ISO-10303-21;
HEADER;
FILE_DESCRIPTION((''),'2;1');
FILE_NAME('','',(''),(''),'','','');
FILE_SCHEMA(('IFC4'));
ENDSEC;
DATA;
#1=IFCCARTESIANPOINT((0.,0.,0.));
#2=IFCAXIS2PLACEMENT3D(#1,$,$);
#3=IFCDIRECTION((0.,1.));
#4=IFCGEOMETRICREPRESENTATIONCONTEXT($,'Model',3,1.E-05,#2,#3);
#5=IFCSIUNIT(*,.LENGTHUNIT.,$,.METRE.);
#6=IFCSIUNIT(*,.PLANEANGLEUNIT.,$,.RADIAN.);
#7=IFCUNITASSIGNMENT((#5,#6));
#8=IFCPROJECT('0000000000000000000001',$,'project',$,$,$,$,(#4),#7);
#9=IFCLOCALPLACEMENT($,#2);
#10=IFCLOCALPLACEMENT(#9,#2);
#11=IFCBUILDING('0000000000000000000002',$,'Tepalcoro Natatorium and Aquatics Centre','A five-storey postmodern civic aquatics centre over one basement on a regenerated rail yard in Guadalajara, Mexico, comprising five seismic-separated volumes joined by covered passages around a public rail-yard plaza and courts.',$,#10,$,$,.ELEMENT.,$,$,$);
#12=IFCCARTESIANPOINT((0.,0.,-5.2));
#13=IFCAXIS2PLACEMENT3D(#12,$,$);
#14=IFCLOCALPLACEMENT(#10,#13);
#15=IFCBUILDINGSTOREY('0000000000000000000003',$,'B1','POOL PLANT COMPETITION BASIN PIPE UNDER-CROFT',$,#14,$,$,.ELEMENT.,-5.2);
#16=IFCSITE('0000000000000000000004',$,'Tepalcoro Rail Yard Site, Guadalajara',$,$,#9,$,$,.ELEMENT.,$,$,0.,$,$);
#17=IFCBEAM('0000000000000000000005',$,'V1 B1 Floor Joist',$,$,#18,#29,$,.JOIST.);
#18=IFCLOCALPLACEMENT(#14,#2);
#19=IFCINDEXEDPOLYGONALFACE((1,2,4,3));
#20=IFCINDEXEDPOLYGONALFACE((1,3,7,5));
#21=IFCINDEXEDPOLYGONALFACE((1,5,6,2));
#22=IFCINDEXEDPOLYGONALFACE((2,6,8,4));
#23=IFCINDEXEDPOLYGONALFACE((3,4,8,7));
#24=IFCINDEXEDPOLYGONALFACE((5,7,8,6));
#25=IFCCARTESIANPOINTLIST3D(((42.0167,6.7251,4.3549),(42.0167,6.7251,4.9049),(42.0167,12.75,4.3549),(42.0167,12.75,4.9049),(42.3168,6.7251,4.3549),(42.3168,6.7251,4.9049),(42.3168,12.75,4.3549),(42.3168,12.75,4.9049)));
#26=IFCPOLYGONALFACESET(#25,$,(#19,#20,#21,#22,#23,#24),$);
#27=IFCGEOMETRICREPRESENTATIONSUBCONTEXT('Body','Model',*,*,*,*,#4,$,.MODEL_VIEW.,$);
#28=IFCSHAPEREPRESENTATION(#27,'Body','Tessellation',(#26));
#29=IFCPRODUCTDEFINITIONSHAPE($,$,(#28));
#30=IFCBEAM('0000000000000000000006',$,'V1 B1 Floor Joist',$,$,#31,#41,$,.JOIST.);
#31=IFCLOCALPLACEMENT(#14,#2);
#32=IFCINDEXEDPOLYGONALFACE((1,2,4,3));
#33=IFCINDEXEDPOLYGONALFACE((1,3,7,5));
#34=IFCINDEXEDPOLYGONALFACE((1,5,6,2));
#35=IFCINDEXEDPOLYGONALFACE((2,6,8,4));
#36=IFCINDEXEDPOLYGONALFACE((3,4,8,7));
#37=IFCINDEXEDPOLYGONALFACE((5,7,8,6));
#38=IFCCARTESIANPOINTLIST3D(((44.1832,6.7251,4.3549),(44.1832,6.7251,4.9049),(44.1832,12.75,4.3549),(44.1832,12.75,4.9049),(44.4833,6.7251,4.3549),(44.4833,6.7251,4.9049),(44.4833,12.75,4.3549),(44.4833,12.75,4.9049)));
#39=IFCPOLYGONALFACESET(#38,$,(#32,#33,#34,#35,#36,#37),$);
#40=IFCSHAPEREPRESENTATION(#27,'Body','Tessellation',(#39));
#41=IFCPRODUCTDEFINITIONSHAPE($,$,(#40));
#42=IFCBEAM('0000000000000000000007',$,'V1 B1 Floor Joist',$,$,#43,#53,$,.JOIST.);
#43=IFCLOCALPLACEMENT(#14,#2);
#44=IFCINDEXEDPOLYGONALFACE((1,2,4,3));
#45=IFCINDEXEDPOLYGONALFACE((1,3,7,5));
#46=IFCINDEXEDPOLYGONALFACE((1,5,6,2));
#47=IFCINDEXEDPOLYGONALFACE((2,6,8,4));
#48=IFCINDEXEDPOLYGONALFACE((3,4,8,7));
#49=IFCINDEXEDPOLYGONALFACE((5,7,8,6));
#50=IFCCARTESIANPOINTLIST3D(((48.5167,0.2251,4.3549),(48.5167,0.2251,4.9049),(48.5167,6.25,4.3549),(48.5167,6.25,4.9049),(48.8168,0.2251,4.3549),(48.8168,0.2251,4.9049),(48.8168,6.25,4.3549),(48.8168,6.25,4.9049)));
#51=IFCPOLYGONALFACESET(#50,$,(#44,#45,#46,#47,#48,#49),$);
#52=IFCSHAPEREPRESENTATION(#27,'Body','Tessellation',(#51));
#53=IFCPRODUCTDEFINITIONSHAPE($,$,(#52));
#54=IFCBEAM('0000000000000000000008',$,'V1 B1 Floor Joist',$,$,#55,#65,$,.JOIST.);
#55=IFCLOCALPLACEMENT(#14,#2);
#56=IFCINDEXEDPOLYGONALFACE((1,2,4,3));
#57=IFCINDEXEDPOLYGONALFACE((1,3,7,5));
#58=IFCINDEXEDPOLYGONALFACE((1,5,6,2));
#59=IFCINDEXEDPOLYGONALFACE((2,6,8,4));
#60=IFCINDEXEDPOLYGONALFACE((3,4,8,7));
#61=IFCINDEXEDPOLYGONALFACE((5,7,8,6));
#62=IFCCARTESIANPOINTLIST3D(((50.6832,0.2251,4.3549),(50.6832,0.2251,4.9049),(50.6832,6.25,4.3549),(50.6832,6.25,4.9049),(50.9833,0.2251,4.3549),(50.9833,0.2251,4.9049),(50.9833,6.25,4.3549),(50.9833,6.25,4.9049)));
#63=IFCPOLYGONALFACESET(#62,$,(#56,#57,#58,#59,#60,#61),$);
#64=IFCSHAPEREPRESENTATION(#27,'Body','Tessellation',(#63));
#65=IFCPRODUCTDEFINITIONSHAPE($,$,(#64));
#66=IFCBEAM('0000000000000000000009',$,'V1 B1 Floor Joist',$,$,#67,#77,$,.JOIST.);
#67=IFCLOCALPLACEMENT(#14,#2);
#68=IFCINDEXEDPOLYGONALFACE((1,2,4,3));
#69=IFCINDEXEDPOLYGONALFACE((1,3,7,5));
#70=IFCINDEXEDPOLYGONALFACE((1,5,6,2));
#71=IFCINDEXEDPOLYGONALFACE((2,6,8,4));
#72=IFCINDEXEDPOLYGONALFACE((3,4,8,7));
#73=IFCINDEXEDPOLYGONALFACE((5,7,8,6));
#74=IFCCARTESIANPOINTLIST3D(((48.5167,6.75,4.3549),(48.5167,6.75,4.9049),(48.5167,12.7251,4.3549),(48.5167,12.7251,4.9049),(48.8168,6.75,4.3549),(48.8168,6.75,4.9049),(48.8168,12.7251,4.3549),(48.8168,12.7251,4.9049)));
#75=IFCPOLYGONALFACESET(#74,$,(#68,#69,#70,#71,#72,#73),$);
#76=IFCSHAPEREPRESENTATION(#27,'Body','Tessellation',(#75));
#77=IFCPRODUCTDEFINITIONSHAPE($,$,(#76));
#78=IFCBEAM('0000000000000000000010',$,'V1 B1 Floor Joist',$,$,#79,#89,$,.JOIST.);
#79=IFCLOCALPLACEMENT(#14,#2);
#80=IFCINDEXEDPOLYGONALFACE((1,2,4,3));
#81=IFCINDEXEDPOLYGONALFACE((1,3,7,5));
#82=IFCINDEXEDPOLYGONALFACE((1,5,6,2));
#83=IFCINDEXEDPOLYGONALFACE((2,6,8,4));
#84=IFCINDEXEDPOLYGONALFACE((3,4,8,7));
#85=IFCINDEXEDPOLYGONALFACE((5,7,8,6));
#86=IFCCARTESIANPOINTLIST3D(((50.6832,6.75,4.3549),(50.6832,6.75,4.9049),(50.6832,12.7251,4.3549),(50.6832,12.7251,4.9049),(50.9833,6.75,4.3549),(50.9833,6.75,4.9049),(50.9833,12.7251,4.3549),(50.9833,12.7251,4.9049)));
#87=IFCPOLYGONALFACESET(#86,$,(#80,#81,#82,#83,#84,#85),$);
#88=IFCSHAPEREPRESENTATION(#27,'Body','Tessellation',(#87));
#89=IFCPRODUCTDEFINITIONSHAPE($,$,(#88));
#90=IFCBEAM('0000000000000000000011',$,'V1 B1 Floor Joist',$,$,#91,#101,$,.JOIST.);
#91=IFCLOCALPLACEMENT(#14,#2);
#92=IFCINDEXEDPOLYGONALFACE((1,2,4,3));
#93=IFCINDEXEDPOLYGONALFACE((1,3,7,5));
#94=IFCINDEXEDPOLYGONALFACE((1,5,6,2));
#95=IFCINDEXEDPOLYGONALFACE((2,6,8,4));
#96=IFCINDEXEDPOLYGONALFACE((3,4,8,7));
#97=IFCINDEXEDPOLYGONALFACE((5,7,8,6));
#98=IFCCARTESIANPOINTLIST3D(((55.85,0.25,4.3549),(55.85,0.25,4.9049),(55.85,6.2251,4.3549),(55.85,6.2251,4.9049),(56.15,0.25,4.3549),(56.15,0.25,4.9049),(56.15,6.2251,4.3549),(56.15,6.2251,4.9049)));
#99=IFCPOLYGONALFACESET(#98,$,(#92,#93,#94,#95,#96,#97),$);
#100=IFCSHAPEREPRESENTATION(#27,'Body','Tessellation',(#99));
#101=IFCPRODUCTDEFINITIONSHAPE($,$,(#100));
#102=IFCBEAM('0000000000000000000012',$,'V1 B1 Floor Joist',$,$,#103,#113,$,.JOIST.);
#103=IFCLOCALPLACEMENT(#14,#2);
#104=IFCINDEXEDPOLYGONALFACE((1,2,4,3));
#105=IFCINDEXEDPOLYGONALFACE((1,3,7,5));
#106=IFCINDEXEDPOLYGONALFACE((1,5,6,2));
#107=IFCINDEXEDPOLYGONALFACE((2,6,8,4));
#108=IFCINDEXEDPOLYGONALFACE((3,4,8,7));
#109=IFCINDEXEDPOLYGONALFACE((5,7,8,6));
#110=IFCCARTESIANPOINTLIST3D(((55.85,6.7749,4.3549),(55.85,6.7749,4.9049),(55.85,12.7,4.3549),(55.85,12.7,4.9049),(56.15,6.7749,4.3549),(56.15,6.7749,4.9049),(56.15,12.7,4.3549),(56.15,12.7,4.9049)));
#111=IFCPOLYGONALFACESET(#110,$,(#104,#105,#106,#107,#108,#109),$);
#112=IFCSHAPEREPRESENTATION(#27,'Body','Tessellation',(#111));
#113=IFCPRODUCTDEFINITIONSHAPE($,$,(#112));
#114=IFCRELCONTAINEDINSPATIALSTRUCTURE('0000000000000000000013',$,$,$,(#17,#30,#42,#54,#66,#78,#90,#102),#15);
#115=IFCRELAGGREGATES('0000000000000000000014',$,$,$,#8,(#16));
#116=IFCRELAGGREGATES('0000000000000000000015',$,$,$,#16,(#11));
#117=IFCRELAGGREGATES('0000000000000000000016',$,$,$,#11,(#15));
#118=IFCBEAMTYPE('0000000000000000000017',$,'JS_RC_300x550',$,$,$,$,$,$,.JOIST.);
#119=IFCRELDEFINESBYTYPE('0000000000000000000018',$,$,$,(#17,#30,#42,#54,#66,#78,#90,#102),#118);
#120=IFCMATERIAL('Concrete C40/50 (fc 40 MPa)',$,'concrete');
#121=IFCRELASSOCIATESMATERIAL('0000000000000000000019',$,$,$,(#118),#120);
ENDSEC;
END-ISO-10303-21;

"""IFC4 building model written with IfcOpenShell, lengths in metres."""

from ifc_helpers import new_model, si_unit, direction, frame, origin, origin_2d, place, context, subcontext, project, spatial, rectangle, extrude, material, material_profile, profile_set, type_object, element, save


model = new_model("IFC4")

# Units and contexts
model_context = context("Model", 3, precision=1e-05, world=origin(), true_north=direction((0.0, 1.0)))
body_context = subcontext(model_context, "Body", "Model", "MODEL_VIEW")
ifc_project = project(units=[si_unit("LENGTHUNIT", "METRE"), si_unit("PLANEANGLEUNIT", "RADIAN")], contexts=[model_context])

# Site, building, storey
site_placement = place(None, origin())
site = spatial("IfcSite", under=ifc_project, at=site_placement, Name="Tepalcoro Rail Yard Site, Guadalajara", CompositionType="ELEMENT", RefElevation=0.0)
building_placement = place(site_placement, origin())
building = spatial("IfcBuilding", under=site, at=building_placement, Name="Tepalcoro Natatorium and Aquatics Centre", Description="A five-storey postmodern civic aquatics centre over one basement on a regenerated rail yard in Guadalajara, Mexico, comprising five seismic-separated volumes joined by covered passages around a public rail-yard plaza and courts.", CompositionType="ELEMENT")
storey_placement = place(building_placement, frame((0.0, 0.0, -5.2)))
storey = spatial("IfcBuildingStorey", under=building, at=storey_placement, Name="B1", Description="POOL PLANT COMPETITION BASIN PIPE UNDER-CROFT", CompositionType="ELEMENT", Elevation=-5.2)

# Shared definitions
ifc_material = material(Name="Concrete C40/50 (fc 40 MPa)", Category="concrete")

# Beams
ifc_material_profile_1 = material_profile(ifc_material, rectangle(XDim=0.3, YDim=0.55, at=origin_2d()), Name="RCJ300x550")
ifc_profile_set_1 = profile_set([ifc_material_profile_1], Name="Concrete C40/50 (fc 40 MPa)")
beam_type_1 = type_object("IfcBeamType", Name="JS_RC_300x550", PredefinedType="JOIST", material=ifc_profile_set_1)
for number, where, z_axis, x_axis, name in (
    (1, (42.1667, 6.7251, 4.6299), (0.0, 1.0, 0.0), (-1.0, 0.0, 0.0), "V1 B1 Floor Joist"),
    (2, (44.3333, 6.7251, 4.6299), (0.0, 1.0, 0.0), (-1.0, 0.0, 0.0), "V1 B1 Floor Joist"),
    (3, (48.6667, 0.2251, 4.6299), (0.0, 1.0, 0.0), (-1.0, 0.0, 0.0), "V1 B1 Floor Joist"),
    (4, (50.8333, 0.2251, 4.6299), (0.0, 1.0, 0.0), (-1.0, 0.0, 0.0), "V1 B1 Floor Joist"),
):
    element("IfcBeam", number, at=place(storey_placement, frame(where, z_axis=z_axis, x_axis=x_axis)), inside=storey, type_object=beam_type_1, Name=name, PredefinedType="JOIST", context=body_context, shape_type="SweptSolid", body=[
        extrude(rectangle(XDim=0.3, YDim=0.55, at=origin_2d()), origin(), (0.0, 0.0, 1.0), 6.0249),
    ])
for number, where, z_axis, x_axis, name in (
    (5, (48.6667, 6.75, 4.6299), (0.0, 1.0, 0.0), (-1.0, 0.0, 0.0), "V1 B1 Floor Joist"),
    (6, (50.8333, 6.75, 4.6299), (0.0, 1.0, 0.0), (-1.0, 0.0, 0.0), "V1 B1 Floor Joist"),
    (7, (56.0, 0.25, 4.6299), (0.0, 1.0, 0.0), (-1.0, 0.0, 0.0), "V1 B1 Floor Joist"),
):
    element("IfcBeam", number, at=place(storey_placement, frame(where, z_axis=z_axis, x_axis=x_axis)), inside=storey, type_object=beam_type_1, Name=name, PredefinedType="JOIST", context=body_context, shape_type="SweptSolid", body=[
        extrude(rectangle(XDim=0.3, YDim=0.55, at=origin_2d()), origin(), (0.0, 0.0, 1.0), 5.9751),
    ])
beam_1_placement = place(storey_placement, frame((56.0, 6.7749, 4.6299), z_axis=(0.0, 1.0, 0.0), x_axis=(-1.0, 0.0, 0.0)))
element("IfcBeam", 8, at=beam_1_placement, inside=storey, type_object=beam_type_1, Name="V1 B1 Floor Joist", PredefinedType="JOIST", context=body_context, shape_type="SweptSolid", body=[
    extrude(rectangle(XDim=0.3, YDim=0.55, at=origin_2d()), origin(), (0.0, 0.0, 1.0), 5.925),
])

save(model, "model.ifc")
